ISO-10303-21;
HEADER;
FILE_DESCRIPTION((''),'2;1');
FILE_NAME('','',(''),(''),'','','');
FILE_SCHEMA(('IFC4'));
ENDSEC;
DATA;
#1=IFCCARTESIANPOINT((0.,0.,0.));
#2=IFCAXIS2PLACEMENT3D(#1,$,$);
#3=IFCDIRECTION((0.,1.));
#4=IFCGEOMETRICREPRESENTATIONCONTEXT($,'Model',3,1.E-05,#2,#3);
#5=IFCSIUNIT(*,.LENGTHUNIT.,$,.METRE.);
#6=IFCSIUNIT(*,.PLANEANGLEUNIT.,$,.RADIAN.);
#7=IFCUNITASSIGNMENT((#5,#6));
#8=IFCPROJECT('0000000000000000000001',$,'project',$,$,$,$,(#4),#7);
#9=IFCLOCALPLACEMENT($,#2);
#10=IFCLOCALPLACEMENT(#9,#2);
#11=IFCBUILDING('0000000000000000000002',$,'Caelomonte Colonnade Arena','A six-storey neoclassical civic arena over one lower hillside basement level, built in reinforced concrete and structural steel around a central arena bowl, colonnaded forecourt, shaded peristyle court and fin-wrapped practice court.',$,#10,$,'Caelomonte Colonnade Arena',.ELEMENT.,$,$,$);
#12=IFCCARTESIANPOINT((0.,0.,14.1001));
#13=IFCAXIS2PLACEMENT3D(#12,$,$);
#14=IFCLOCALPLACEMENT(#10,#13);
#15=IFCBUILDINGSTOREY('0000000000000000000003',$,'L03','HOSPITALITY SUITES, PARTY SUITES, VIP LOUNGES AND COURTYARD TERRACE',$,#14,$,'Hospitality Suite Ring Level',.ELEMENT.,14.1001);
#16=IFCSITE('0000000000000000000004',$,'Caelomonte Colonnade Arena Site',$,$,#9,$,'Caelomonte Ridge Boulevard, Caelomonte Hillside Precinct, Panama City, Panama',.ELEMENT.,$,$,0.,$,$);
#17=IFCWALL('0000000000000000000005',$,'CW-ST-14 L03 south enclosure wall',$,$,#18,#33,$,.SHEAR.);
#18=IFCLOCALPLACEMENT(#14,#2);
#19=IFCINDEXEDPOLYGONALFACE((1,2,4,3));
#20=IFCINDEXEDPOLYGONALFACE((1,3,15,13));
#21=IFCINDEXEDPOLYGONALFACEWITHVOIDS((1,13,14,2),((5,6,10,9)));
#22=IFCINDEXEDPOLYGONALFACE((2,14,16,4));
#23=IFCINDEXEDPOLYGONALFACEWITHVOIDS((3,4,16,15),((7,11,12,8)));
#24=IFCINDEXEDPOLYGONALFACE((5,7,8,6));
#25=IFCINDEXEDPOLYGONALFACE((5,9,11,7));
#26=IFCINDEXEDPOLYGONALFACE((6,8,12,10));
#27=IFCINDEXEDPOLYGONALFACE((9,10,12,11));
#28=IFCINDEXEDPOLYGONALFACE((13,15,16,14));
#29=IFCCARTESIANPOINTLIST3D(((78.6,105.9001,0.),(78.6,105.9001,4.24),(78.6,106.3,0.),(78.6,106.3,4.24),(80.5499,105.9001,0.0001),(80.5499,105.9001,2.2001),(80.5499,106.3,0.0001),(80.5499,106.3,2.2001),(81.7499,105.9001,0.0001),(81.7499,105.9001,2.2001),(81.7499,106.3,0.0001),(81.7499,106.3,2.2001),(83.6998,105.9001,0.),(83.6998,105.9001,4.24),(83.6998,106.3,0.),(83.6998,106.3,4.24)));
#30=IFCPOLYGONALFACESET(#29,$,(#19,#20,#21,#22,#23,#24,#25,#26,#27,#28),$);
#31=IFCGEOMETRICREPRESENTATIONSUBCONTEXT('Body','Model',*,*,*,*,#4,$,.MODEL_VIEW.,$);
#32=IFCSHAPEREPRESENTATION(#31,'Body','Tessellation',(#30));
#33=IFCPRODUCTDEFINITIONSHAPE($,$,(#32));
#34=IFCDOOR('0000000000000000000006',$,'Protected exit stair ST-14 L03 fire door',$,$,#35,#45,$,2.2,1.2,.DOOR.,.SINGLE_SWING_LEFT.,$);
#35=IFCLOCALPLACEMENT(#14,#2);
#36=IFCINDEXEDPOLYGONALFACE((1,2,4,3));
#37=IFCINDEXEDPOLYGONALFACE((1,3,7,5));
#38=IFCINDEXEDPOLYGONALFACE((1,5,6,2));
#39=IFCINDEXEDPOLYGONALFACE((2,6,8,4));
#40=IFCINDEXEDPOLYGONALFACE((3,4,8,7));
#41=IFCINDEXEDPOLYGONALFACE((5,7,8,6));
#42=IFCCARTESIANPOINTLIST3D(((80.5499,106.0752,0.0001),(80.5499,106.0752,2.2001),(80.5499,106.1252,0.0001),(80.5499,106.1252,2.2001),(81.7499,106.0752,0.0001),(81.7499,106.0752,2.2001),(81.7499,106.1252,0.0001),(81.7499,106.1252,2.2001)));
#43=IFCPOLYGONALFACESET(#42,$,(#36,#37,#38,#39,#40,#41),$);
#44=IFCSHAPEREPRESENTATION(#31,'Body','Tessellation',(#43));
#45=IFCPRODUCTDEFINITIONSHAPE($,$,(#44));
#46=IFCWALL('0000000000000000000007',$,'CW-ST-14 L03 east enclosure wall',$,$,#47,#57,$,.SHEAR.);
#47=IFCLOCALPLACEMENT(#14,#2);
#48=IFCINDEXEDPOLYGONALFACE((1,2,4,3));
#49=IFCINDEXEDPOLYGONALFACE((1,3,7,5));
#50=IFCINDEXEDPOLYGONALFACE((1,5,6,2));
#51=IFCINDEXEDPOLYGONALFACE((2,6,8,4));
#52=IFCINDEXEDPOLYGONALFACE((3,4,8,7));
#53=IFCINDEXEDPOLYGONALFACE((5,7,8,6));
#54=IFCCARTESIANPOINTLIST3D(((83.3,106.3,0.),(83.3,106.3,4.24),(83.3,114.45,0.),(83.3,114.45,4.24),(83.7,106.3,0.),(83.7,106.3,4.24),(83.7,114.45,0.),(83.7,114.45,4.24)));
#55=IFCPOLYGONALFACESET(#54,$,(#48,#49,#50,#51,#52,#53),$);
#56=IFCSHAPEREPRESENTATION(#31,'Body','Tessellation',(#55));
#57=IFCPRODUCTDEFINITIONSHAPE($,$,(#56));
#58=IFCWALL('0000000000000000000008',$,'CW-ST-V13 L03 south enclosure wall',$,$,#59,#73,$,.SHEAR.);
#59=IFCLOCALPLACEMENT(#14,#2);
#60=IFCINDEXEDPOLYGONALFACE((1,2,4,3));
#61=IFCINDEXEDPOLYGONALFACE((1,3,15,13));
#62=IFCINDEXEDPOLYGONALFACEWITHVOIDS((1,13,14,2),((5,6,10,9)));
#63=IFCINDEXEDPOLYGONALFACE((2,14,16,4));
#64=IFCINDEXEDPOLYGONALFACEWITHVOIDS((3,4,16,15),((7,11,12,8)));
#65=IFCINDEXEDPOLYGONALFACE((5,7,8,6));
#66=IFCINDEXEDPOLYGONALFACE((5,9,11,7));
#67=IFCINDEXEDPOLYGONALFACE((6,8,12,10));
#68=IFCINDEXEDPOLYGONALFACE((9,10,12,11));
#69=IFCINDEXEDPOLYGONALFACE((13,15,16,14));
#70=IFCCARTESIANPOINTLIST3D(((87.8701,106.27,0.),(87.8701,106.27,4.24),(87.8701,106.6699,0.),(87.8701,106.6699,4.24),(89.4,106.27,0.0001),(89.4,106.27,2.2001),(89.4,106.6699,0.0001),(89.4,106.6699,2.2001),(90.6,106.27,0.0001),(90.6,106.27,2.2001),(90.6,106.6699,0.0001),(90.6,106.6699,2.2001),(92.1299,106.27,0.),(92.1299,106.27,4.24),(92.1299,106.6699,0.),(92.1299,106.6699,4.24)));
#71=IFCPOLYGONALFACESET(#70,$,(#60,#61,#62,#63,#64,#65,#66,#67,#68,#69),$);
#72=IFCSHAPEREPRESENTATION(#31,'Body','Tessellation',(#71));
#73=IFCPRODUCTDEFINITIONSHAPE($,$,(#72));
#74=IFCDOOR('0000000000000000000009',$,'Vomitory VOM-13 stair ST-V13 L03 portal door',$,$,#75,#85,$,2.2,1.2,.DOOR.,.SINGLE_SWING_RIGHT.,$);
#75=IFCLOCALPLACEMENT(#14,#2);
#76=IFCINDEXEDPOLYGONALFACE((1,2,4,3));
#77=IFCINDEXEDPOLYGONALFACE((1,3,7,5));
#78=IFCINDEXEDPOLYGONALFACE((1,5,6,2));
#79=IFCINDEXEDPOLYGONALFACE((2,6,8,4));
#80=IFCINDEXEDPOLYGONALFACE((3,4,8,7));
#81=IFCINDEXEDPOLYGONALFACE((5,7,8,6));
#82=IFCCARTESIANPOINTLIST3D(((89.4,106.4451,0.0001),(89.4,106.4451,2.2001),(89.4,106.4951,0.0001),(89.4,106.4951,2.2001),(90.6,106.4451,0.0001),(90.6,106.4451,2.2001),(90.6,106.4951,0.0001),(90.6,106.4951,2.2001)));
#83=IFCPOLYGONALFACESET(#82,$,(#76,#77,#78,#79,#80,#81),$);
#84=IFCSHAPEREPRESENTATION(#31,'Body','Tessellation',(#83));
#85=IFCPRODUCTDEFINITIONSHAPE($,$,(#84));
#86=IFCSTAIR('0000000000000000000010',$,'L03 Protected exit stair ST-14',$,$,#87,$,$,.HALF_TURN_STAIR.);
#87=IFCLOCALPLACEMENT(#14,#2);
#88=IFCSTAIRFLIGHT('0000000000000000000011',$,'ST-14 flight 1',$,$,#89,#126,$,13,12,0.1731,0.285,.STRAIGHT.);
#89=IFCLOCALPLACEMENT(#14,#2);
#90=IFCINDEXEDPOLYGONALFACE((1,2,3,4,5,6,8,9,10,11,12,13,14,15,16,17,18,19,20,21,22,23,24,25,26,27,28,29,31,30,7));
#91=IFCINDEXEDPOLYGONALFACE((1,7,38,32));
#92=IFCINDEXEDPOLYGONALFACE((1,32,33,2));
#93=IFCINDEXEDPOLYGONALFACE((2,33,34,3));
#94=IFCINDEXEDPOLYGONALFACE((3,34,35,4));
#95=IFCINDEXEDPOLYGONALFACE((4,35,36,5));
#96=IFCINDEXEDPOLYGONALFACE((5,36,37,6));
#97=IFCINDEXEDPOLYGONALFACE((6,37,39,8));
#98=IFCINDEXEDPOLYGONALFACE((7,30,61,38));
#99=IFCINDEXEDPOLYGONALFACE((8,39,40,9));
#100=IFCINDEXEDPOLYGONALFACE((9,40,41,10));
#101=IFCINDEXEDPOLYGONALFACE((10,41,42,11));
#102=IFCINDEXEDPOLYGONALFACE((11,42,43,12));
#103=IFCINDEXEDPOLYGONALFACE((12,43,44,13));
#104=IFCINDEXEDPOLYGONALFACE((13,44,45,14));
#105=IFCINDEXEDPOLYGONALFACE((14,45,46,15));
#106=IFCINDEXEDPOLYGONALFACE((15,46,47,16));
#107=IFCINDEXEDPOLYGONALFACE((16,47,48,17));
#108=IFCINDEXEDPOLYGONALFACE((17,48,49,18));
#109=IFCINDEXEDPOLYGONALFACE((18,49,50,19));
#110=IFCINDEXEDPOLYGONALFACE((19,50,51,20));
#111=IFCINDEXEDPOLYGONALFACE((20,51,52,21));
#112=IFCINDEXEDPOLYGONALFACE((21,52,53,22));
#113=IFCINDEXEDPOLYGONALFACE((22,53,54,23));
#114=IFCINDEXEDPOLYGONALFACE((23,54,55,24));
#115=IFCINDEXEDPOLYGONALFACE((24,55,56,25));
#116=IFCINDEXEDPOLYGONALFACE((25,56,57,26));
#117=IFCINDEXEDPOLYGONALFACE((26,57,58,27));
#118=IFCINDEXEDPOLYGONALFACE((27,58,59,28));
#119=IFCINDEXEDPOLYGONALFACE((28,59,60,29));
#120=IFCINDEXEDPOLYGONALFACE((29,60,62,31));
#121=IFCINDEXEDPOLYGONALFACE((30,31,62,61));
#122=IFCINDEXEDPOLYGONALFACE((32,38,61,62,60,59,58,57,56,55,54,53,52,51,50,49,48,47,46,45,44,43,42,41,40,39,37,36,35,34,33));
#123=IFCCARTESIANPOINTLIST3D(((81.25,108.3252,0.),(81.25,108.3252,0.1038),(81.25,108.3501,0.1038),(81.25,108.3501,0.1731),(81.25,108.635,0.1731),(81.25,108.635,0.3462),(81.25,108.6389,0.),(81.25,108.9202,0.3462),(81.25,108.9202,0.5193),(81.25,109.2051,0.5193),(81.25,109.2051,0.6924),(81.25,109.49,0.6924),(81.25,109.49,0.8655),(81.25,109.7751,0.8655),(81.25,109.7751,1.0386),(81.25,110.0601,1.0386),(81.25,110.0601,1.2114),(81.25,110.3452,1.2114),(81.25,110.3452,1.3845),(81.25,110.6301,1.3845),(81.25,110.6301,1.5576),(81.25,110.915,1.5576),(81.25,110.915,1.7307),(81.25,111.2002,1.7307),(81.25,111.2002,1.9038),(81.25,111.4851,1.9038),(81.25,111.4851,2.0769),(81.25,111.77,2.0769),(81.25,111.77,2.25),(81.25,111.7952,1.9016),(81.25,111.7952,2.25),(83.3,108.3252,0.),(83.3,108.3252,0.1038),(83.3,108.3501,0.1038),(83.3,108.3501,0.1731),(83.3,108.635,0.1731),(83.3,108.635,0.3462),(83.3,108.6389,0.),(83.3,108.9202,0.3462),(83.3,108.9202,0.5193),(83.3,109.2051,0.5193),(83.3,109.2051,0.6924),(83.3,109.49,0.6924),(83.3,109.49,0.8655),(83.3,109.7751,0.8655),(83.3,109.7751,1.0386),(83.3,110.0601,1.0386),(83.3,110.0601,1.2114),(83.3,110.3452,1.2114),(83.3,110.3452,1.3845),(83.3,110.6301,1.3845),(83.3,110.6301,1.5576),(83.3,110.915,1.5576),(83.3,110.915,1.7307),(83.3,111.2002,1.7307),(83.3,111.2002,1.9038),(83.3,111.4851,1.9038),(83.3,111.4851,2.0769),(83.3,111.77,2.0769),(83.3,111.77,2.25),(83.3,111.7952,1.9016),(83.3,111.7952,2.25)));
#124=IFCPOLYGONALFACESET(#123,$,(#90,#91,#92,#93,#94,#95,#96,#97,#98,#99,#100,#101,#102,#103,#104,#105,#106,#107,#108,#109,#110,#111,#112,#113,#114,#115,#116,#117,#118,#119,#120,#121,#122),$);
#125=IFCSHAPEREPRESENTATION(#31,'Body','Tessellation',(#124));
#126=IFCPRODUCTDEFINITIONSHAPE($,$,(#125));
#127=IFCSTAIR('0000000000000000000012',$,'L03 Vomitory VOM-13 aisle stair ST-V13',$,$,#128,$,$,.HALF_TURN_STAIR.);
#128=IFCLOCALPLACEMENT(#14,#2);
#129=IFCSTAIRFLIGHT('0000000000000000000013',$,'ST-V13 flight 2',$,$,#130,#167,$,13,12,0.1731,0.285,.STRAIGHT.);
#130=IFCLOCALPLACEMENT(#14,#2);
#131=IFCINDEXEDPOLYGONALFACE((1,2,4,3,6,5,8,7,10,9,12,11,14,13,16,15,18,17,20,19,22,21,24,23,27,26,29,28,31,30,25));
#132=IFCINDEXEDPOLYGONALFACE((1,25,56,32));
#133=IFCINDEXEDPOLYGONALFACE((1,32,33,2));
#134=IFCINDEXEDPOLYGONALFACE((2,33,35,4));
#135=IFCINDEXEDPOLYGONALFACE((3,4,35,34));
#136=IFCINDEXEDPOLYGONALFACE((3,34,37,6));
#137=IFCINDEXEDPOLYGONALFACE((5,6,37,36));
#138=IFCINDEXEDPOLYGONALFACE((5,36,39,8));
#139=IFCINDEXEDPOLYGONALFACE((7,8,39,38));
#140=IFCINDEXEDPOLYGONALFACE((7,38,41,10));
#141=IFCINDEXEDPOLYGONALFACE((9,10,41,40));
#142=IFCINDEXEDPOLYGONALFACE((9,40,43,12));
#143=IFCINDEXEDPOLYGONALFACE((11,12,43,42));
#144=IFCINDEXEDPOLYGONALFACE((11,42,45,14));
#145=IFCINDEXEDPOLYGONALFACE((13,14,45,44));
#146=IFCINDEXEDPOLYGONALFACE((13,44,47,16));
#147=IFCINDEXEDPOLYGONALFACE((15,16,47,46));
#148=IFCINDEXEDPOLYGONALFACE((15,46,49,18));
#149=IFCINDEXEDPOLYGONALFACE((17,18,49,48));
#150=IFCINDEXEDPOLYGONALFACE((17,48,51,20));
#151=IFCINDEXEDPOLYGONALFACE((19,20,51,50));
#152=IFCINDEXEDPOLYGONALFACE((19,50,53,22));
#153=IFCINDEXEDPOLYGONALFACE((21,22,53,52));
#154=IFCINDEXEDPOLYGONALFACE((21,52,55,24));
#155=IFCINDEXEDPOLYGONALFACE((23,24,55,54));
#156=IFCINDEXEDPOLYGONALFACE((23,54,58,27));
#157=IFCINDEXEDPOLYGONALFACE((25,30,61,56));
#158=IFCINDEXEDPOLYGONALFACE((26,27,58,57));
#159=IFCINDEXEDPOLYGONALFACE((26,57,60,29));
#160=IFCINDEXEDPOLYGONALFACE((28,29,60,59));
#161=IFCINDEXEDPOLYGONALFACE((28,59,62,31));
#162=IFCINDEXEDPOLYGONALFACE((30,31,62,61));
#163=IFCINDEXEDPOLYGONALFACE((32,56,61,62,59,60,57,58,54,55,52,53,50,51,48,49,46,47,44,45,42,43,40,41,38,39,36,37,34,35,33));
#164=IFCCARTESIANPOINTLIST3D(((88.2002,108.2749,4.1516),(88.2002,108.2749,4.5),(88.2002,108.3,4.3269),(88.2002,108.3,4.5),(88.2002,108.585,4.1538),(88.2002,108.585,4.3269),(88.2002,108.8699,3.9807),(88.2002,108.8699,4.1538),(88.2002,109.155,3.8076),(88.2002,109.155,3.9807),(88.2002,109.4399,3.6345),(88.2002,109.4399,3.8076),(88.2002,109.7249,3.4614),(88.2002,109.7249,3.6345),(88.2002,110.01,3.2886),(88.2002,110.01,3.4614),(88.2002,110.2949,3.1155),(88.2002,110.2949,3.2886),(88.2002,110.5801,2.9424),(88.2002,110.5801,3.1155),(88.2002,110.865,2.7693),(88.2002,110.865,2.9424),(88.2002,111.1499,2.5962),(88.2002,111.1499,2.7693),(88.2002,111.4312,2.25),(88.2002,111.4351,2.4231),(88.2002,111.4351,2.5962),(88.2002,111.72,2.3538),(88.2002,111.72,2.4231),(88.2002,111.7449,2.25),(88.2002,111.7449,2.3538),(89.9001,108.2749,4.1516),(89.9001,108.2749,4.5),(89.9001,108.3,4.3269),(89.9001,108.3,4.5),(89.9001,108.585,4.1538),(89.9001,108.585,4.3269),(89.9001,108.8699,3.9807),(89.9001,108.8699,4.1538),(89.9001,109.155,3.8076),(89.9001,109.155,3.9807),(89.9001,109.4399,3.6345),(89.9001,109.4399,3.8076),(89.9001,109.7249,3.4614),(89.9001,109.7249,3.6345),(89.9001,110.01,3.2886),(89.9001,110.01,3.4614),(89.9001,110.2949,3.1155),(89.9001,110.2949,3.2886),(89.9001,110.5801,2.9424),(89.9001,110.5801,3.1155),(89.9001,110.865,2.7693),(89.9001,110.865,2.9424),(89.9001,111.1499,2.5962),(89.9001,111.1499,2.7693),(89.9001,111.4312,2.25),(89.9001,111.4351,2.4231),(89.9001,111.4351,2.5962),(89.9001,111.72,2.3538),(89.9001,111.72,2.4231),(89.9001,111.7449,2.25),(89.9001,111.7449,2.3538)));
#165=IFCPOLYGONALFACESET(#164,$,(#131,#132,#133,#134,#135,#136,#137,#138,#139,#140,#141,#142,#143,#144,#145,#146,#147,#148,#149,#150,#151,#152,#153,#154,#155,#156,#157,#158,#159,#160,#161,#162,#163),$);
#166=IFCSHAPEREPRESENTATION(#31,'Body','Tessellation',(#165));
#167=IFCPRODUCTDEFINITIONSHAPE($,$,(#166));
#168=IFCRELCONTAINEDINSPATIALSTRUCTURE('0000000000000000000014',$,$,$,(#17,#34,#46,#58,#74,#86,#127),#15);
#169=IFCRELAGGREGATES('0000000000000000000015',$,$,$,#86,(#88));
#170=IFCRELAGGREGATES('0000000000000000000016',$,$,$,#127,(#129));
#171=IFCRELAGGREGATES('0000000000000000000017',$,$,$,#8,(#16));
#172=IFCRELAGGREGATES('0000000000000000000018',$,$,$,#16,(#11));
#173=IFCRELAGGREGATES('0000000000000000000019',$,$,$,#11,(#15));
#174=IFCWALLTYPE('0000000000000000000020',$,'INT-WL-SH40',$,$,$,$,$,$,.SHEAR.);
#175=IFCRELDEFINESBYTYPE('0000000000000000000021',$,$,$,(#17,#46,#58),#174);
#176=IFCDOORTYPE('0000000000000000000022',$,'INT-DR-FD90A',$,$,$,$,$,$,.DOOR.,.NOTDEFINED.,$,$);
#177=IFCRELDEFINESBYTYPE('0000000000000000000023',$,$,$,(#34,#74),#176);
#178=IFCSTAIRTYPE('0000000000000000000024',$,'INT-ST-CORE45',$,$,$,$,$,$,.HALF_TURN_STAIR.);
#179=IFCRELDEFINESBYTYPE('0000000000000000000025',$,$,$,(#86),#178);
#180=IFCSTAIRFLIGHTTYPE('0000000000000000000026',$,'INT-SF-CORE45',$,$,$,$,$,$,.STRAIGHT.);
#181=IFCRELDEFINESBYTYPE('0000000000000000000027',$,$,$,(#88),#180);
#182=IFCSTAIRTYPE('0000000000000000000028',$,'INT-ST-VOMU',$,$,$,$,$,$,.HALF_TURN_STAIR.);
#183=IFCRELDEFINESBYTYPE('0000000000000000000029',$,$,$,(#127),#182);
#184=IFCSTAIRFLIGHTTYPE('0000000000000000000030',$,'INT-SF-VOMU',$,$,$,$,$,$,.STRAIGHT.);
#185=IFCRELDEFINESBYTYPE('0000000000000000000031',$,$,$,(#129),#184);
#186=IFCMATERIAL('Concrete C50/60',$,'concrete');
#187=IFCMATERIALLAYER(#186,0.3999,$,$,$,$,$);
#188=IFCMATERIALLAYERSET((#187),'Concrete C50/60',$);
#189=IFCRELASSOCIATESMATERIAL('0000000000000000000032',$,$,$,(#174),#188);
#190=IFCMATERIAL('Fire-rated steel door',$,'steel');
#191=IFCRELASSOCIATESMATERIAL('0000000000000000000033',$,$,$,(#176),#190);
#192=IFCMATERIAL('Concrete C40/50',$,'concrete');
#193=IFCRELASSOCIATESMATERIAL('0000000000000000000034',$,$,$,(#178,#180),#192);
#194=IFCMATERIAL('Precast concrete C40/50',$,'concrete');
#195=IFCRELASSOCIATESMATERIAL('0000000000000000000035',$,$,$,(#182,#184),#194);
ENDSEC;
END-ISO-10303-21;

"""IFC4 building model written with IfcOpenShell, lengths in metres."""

from ifc_helpers import new_model, si_unit, direction, frame, frame_2d, origin, place, context, subcontext, project, spatial, polyline, rectangle, outline, extrude, material, layer, layer_set, type_object, element, fill, aggregate, save


model = new_model("IFC4")

# Units and contexts
model_context = context("Model", 3, precision=1e-05, world=origin(), true_north=direction((0.0, 1.0)))
body_context = subcontext(model_context, "Body", "Model", "MODEL_VIEW")
ifc_project = project(units=[si_unit("LENGTHUNIT", "METRE"), si_unit("PLANEANGLEUNIT", "RADIAN")], contexts=[model_context])

# Site, building, storey
site_placement = place(None, origin())
site = spatial("IfcSite", under=ifc_project, at=site_placement, Name="Caelomonte Colonnade Arena Site", LongName="Caelomonte Ridge Boulevard, Caelomonte Hillside Precinct, Panama City, Panama", CompositionType="ELEMENT", RefElevation=0.0)
building_placement = place(site_placement, origin())
building = spatial("IfcBuilding", under=site, at=building_placement, Name="Caelomonte Colonnade Arena", Description="A six-storey neoclassical civic arena over one lower hillside basement level, built in reinforced concrete and structural steel around a central arena bowl, colonnaded forecourt, shaded peristyle court and fin-wrapped practice court.", LongName="Caelomonte Colonnade Arena", CompositionType="ELEMENT")
storey_placement = place(building_placement, frame((0.0, 0.0, 14.1001)))
storey = spatial("IfcBuildingStorey", under=building, at=storey_placement, Name="L03", Description="HOSPITALITY SUITES, PARTY SUITES, VIP LOUNGES AND COURTYARD TERRACE", LongName="Hospitality Suite Ring Level", CompositionType="ELEMENT", Elevation=14.1001)

# Shared definitions
ifc_material_1 = material(Name="Concrete C40/50", Category="concrete")

# Wall, opening, door
ifc_material_2 = material(Name="Concrete C50/60", Category="concrete")
ifc_layer_1 = layer(ifc_material_2, 0.3999)
ifc_layer_set_1 = layer_set([ifc_layer_1], Name="Concrete C50/60")
wall_type_1 = type_object("IfcWallType", Name="INT-WL-SH40", PredefinedType="SHEAR", material=ifc_layer_set_1)
wall_1_placement = place(storey_placement, frame((78.6001, 106.1001, 0.0), z_axis=(0.0, 0.0, 1.0), x_axis=(1.0, 0.0, 0.0)))
wall_1 = element("IfcWall", 1, at=wall_1_placement, inside=storey, type_object=wall_type_1, Name="CW-ST-14 L03 south enclosure wall", PredefinedType="SHEAR", context=body_context, shape_type="SweptSolid", body=[
    extrude(rectangle(XDim=5.0999, YDim=0.3999, at=frame_2d((2.5498, 0.0))), origin(), (0.0, 0.0, 1.0), 4.24),
])
opening_1_placement = place(wall_1_placement, frame((3.1499, 0.0, 0.0), z_axis=(0.0, 0.0, 1.0), x_axis=(-1.0, 0.0, 0.0)))
opening_1 = element("IfcOpeningElement", 2, at=opening_1_placement, cuts=wall_1, PredefinedType="OPENING", context=body_context, shape_type="SweptSolid", body=[
    extrude(rectangle(XDim=1.2, YDim=2.2, at=frame_2d((0.6001, 1.1001))), frame((0.0, 0.21, 0.0), z_axis=(0.0, -1.0, 0.0), x_axis=(1.0, 0.0, 0.0)), (0.0, 0.0, 1.0), 0.4199),
])
ifc_material_3 = material(Name="Fire-rated steel door", Category="steel")
door_type = type_object("IfcDoorType", Name="INT-DR-FD90A", OperationType="NOTDEFINED", PredefinedType="DOOR", material=ifc_material_3)
door_1_placement = place(opening_1_placement, origin())
door_1 = element("IfcDoor", 3, at=door_1_placement, inside=storey, type_object=door_type, Name="Protected exit stair ST-14 L03 fire door", OperationType="SINGLE_SWING_LEFT", OverallHeight=2.2, OverallWidth=1.2, PredefinedType="DOOR", context=body_context, shape_type="SweptSolid", body=[
    extrude(rectangle(XDim=1.2, YDim=2.2, at=frame_2d((0.6001, 1.1001))), frame((0.0, 0.0249, 0.0), z_axis=(0.0, -1.0, 0.0), x_axis=(1.0, 0.0, 0.0)), (0.0, 0.0, 1.0), 0.05),
])
fill(opening_1, door_1)

# Wall
wall_2_placement = place(storey_placement, frame((83.5, 106.3, 0.0), z_axis=(0.0, 0.0, 1.0), x_axis=(0.0, 1.0, 0.0)))
element("IfcWall", 4, at=wall_2_placement, inside=storey, type_object=wall_type_1, Name="CW-ST-14 L03 east enclosure wall", PredefinedType="SHEAR", context=body_context, shape_type="SweptSolid", body=[
    extrude(rectangle(XDim=8.1499, YDim=0.3999, at=frame_2d((4.075, 0.0))), origin(), (0.0, 0.0, 1.0), 4.24),
])

# Wall, opening, door
wall_3_placement = place(storey_placement, frame((87.8701, 106.47, 0.0), z_axis=(0.0, 0.0, 1.0), x_axis=(1.0, 0.0, 0.0)))
wall_3 = element("IfcWall", 5, at=wall_3_placement, inside=storey, type_object=wall_type_1, Name="CW-ST-V13 L03 south enclosure wall", PredefinedType="SHEAR", context=body_context, shape_type="SweptSolid", body=[
    extrude(rectangle(XDim=4.2598, YDim=0.3999, at=frame_2d((2.1299, 0.0))), origin(), (0.0, 0.0, 1.0), 4.24),
])
opening_2_placement = place(wall_3_placement, frame((2.73, 0.0, 0.0), z_axis=(0.0, 0.0, 1.0), x_axis=(-1.0, 0.0, 0.0)))
opening_2 = element("IfcOpeningElement", 6, at=opening_2_placement, cuts=wall_3, PredefinedType="OPENING", context=body_context, shape_type="SweptSolid", body=[
    extrude(rectangle(XDim=1.2, YDim=2.2, at=frame_2d((0.6001, 1.1001))), frame((0.0, 0.21, 0.0), z_axis=(0.0, -1.0, 0.0), x_axis=(1.0, 0.0, 0.0)), (0.0, 0.0, 1.0), 0.4199),
])
door_2_placement = place(opening_2_placement, origin())
door_2 = element("IfcDoor", 7, at=door_2_placement, inside=storey, type_object=door_type, Name="Vomitory VOM-13 stair ST-V13 L03 portal door", OperationType="SINGLE_SWING_RIGHT", OverallHeight=2.2, OverallWidth=1.2, PredefinedType="DOOR", context=body_context, shape_type="SweptSolid", body=[
    extrude(rectangle(XDim=1.2, YDim=2.2, at=frame_2d((0.6001, 1.1001))), frame((0.0, 0.0249, 0.0), z_axis=(0.0, -1.0, 0.0), x_axis=(1.0, 0.0, 0.0)), (0.0, 0.0, 1.0), 0.05),
])
fill(opening_2, door_2)

# Stairs, stair flights
stair_type_1 = type_object("IfcStairType", Name="INT-ST-CORE45", PredefinedType="HALF_TURN_STAIR", material=ifc_material_1)
stair_1_placement = place(storey_placement, origin())
stair_1 = element("IfcStair", 8, at=stair_1_placement, inside=storey, type_object=stair_type_1, Name="L03 Protected exit stair ST-14", PredefinedType="HALF_TURN_STAIR")
stair_flight_type_1 = type_object("IfcStairFlightType", Name="INT-SF-CORE45", PredefinedType="STRAIGHT", material=ifc_material_1)
stair_flight_1_placement = place(storey_placement, frame((82.2749, 108.3501, 0.0), z_axis=(0.0, 0.0, 1.0), x_axis=(0.0, 1.0, 0.0)))
stair_flight_1 = element("IfcStairFlight", 9, at=stair_flight_1_placement, type_object=stair_flight_type_1, Name="ST-14 flight 1", NumberOfRisers=13, NumberOfTreads=12, PredefinedType="STRAIGHT", RiserHeight=0.1731, TreadLength=0.285, context=body_context, shape_type="SweptSolid", body=[
    extrude(outline(polyline([(-0.0249, 0.0), (-0.0249, 0.1038), (0.0, 0.1038), (0.0, 0.1731), (0.2849, 0.1731), (0.2849, 0.3462), (0.5701, 0.3462), (0.5701, 0.5193), (0.855, 0.5193), (0.855, 0.6924), (1.1399, 0.6924), (1.1399, 0.8655), (1.425, 0.8655), (1.425, 1.0386), (1.71, 1.0386), (1.71, 1.2114), (1.9951, 1.2114), (1.9951, 1.3845), (2.28, 1.3845), (2.28, 1.5576), (2.5649, 1.5576), (2.5649, 1.7307), (2.8501, 1.7307), (2.8501, 1.9038), (3.135, 1.9038), (3.135, 2.0769), (3.4199, 2.0769), (3.4199, 2.25), (3.4451, 2.25), (3.4451, 1.9016), (0.2888, 0.0), (-0.0249, 0.0)])), frame((0.0, 1.0249, 0.0), z_axis=(0.0, -1.0, 0.0), x_axis=(1.0, 0.0, 0.0)), (0.0, 0.0, 1.0), 2.05),
])
aggregate(stair_1, [stair_flight_1])
ifc_material_4 = material(Name="Precast concrete C40/50", Category="concrete")
stair_type_2 = type_object("IfcStairType", Name="INT-ST-VOMU", PredefinedType="HALF_TURN_STAIR", material=ifc_material_4)
stair_2_placement = place(storey_placement, origin())
stair_2 = element("IfcStair", 10, at=stair_2_placement, inside=storey, type_object=stair_type_2, Name="L03 Vomitory VOM-13 aisle stair ST-V13", PredefinedType="HALF_TURN_STAIR")
stair_flight_type_2 = type_object("IfcStairFlightType", Name="INT-SF-VOMU", PredefinedType="STRAIGHT", material=ifc_material_4)
stair_flight_2_placement = place(storey_placement, frame((89.05, 111.72, 2.25), z_axis=(0.0, 0.0, 1.0), x_axis=(0.0, -1.0, 0.0)))
stair_flight_2 = element("IfcStairFlight", 11, at=stair_flight_2_placement, type_object=stair_flight_type_2, Name="ST-V13 flight 2", NumberOfRisers=13, NumberOfTreads=12, PredefinedType="STRAIGHT", RiserHeight=0.1731, TreadLength=0.285, context=body_context, shape_type="SweptSolid", body=[
    extrude(outline(polyline([(-0.0249, 0.0), (-0.0249, 0.1038), (0.0, 0.1038), (0.0, 0.1731), (0.2849, 0.1731), (0.2849, 0.3462), (0.5701, 0.3462), (0.5701, 0.5193), (0.855, 0.5193), (0.855, 0.6924), (1.1399, 0.6924), (1.1399, 0.8655), (1.425, 0.8655), (1.425, 1.0386), (1.71, 1.0386), (1.71, 1.2114), (1.9951, 1.2114), (1.9951, 1.3845), (2.28, 1.3845), (2.28, 1.5576), (2.5649, 1.5576), (2.5649, 1.7307), (2.8501, 1.7307), (2.8501, 1.9038), (3.135, 1.9038), (3.135, 2.0769), (3.4199, 2.0769), (3.4199, 2.25), (3.4451, 2.25), (3.4451, 1.9016), (0.2888, 0.0), (-0.0249, 0.0)])), frame((0.0, 0.8501, 0.0), z_axis=(0.0, -1.0, 0.0), x_axis=(1.0, 0.0, 0.0)), (0.0, 0.0, 1.0), 1.7),
])
aggregate(stair_2, [stair_flight_2])

save(model, "model.ifc")
